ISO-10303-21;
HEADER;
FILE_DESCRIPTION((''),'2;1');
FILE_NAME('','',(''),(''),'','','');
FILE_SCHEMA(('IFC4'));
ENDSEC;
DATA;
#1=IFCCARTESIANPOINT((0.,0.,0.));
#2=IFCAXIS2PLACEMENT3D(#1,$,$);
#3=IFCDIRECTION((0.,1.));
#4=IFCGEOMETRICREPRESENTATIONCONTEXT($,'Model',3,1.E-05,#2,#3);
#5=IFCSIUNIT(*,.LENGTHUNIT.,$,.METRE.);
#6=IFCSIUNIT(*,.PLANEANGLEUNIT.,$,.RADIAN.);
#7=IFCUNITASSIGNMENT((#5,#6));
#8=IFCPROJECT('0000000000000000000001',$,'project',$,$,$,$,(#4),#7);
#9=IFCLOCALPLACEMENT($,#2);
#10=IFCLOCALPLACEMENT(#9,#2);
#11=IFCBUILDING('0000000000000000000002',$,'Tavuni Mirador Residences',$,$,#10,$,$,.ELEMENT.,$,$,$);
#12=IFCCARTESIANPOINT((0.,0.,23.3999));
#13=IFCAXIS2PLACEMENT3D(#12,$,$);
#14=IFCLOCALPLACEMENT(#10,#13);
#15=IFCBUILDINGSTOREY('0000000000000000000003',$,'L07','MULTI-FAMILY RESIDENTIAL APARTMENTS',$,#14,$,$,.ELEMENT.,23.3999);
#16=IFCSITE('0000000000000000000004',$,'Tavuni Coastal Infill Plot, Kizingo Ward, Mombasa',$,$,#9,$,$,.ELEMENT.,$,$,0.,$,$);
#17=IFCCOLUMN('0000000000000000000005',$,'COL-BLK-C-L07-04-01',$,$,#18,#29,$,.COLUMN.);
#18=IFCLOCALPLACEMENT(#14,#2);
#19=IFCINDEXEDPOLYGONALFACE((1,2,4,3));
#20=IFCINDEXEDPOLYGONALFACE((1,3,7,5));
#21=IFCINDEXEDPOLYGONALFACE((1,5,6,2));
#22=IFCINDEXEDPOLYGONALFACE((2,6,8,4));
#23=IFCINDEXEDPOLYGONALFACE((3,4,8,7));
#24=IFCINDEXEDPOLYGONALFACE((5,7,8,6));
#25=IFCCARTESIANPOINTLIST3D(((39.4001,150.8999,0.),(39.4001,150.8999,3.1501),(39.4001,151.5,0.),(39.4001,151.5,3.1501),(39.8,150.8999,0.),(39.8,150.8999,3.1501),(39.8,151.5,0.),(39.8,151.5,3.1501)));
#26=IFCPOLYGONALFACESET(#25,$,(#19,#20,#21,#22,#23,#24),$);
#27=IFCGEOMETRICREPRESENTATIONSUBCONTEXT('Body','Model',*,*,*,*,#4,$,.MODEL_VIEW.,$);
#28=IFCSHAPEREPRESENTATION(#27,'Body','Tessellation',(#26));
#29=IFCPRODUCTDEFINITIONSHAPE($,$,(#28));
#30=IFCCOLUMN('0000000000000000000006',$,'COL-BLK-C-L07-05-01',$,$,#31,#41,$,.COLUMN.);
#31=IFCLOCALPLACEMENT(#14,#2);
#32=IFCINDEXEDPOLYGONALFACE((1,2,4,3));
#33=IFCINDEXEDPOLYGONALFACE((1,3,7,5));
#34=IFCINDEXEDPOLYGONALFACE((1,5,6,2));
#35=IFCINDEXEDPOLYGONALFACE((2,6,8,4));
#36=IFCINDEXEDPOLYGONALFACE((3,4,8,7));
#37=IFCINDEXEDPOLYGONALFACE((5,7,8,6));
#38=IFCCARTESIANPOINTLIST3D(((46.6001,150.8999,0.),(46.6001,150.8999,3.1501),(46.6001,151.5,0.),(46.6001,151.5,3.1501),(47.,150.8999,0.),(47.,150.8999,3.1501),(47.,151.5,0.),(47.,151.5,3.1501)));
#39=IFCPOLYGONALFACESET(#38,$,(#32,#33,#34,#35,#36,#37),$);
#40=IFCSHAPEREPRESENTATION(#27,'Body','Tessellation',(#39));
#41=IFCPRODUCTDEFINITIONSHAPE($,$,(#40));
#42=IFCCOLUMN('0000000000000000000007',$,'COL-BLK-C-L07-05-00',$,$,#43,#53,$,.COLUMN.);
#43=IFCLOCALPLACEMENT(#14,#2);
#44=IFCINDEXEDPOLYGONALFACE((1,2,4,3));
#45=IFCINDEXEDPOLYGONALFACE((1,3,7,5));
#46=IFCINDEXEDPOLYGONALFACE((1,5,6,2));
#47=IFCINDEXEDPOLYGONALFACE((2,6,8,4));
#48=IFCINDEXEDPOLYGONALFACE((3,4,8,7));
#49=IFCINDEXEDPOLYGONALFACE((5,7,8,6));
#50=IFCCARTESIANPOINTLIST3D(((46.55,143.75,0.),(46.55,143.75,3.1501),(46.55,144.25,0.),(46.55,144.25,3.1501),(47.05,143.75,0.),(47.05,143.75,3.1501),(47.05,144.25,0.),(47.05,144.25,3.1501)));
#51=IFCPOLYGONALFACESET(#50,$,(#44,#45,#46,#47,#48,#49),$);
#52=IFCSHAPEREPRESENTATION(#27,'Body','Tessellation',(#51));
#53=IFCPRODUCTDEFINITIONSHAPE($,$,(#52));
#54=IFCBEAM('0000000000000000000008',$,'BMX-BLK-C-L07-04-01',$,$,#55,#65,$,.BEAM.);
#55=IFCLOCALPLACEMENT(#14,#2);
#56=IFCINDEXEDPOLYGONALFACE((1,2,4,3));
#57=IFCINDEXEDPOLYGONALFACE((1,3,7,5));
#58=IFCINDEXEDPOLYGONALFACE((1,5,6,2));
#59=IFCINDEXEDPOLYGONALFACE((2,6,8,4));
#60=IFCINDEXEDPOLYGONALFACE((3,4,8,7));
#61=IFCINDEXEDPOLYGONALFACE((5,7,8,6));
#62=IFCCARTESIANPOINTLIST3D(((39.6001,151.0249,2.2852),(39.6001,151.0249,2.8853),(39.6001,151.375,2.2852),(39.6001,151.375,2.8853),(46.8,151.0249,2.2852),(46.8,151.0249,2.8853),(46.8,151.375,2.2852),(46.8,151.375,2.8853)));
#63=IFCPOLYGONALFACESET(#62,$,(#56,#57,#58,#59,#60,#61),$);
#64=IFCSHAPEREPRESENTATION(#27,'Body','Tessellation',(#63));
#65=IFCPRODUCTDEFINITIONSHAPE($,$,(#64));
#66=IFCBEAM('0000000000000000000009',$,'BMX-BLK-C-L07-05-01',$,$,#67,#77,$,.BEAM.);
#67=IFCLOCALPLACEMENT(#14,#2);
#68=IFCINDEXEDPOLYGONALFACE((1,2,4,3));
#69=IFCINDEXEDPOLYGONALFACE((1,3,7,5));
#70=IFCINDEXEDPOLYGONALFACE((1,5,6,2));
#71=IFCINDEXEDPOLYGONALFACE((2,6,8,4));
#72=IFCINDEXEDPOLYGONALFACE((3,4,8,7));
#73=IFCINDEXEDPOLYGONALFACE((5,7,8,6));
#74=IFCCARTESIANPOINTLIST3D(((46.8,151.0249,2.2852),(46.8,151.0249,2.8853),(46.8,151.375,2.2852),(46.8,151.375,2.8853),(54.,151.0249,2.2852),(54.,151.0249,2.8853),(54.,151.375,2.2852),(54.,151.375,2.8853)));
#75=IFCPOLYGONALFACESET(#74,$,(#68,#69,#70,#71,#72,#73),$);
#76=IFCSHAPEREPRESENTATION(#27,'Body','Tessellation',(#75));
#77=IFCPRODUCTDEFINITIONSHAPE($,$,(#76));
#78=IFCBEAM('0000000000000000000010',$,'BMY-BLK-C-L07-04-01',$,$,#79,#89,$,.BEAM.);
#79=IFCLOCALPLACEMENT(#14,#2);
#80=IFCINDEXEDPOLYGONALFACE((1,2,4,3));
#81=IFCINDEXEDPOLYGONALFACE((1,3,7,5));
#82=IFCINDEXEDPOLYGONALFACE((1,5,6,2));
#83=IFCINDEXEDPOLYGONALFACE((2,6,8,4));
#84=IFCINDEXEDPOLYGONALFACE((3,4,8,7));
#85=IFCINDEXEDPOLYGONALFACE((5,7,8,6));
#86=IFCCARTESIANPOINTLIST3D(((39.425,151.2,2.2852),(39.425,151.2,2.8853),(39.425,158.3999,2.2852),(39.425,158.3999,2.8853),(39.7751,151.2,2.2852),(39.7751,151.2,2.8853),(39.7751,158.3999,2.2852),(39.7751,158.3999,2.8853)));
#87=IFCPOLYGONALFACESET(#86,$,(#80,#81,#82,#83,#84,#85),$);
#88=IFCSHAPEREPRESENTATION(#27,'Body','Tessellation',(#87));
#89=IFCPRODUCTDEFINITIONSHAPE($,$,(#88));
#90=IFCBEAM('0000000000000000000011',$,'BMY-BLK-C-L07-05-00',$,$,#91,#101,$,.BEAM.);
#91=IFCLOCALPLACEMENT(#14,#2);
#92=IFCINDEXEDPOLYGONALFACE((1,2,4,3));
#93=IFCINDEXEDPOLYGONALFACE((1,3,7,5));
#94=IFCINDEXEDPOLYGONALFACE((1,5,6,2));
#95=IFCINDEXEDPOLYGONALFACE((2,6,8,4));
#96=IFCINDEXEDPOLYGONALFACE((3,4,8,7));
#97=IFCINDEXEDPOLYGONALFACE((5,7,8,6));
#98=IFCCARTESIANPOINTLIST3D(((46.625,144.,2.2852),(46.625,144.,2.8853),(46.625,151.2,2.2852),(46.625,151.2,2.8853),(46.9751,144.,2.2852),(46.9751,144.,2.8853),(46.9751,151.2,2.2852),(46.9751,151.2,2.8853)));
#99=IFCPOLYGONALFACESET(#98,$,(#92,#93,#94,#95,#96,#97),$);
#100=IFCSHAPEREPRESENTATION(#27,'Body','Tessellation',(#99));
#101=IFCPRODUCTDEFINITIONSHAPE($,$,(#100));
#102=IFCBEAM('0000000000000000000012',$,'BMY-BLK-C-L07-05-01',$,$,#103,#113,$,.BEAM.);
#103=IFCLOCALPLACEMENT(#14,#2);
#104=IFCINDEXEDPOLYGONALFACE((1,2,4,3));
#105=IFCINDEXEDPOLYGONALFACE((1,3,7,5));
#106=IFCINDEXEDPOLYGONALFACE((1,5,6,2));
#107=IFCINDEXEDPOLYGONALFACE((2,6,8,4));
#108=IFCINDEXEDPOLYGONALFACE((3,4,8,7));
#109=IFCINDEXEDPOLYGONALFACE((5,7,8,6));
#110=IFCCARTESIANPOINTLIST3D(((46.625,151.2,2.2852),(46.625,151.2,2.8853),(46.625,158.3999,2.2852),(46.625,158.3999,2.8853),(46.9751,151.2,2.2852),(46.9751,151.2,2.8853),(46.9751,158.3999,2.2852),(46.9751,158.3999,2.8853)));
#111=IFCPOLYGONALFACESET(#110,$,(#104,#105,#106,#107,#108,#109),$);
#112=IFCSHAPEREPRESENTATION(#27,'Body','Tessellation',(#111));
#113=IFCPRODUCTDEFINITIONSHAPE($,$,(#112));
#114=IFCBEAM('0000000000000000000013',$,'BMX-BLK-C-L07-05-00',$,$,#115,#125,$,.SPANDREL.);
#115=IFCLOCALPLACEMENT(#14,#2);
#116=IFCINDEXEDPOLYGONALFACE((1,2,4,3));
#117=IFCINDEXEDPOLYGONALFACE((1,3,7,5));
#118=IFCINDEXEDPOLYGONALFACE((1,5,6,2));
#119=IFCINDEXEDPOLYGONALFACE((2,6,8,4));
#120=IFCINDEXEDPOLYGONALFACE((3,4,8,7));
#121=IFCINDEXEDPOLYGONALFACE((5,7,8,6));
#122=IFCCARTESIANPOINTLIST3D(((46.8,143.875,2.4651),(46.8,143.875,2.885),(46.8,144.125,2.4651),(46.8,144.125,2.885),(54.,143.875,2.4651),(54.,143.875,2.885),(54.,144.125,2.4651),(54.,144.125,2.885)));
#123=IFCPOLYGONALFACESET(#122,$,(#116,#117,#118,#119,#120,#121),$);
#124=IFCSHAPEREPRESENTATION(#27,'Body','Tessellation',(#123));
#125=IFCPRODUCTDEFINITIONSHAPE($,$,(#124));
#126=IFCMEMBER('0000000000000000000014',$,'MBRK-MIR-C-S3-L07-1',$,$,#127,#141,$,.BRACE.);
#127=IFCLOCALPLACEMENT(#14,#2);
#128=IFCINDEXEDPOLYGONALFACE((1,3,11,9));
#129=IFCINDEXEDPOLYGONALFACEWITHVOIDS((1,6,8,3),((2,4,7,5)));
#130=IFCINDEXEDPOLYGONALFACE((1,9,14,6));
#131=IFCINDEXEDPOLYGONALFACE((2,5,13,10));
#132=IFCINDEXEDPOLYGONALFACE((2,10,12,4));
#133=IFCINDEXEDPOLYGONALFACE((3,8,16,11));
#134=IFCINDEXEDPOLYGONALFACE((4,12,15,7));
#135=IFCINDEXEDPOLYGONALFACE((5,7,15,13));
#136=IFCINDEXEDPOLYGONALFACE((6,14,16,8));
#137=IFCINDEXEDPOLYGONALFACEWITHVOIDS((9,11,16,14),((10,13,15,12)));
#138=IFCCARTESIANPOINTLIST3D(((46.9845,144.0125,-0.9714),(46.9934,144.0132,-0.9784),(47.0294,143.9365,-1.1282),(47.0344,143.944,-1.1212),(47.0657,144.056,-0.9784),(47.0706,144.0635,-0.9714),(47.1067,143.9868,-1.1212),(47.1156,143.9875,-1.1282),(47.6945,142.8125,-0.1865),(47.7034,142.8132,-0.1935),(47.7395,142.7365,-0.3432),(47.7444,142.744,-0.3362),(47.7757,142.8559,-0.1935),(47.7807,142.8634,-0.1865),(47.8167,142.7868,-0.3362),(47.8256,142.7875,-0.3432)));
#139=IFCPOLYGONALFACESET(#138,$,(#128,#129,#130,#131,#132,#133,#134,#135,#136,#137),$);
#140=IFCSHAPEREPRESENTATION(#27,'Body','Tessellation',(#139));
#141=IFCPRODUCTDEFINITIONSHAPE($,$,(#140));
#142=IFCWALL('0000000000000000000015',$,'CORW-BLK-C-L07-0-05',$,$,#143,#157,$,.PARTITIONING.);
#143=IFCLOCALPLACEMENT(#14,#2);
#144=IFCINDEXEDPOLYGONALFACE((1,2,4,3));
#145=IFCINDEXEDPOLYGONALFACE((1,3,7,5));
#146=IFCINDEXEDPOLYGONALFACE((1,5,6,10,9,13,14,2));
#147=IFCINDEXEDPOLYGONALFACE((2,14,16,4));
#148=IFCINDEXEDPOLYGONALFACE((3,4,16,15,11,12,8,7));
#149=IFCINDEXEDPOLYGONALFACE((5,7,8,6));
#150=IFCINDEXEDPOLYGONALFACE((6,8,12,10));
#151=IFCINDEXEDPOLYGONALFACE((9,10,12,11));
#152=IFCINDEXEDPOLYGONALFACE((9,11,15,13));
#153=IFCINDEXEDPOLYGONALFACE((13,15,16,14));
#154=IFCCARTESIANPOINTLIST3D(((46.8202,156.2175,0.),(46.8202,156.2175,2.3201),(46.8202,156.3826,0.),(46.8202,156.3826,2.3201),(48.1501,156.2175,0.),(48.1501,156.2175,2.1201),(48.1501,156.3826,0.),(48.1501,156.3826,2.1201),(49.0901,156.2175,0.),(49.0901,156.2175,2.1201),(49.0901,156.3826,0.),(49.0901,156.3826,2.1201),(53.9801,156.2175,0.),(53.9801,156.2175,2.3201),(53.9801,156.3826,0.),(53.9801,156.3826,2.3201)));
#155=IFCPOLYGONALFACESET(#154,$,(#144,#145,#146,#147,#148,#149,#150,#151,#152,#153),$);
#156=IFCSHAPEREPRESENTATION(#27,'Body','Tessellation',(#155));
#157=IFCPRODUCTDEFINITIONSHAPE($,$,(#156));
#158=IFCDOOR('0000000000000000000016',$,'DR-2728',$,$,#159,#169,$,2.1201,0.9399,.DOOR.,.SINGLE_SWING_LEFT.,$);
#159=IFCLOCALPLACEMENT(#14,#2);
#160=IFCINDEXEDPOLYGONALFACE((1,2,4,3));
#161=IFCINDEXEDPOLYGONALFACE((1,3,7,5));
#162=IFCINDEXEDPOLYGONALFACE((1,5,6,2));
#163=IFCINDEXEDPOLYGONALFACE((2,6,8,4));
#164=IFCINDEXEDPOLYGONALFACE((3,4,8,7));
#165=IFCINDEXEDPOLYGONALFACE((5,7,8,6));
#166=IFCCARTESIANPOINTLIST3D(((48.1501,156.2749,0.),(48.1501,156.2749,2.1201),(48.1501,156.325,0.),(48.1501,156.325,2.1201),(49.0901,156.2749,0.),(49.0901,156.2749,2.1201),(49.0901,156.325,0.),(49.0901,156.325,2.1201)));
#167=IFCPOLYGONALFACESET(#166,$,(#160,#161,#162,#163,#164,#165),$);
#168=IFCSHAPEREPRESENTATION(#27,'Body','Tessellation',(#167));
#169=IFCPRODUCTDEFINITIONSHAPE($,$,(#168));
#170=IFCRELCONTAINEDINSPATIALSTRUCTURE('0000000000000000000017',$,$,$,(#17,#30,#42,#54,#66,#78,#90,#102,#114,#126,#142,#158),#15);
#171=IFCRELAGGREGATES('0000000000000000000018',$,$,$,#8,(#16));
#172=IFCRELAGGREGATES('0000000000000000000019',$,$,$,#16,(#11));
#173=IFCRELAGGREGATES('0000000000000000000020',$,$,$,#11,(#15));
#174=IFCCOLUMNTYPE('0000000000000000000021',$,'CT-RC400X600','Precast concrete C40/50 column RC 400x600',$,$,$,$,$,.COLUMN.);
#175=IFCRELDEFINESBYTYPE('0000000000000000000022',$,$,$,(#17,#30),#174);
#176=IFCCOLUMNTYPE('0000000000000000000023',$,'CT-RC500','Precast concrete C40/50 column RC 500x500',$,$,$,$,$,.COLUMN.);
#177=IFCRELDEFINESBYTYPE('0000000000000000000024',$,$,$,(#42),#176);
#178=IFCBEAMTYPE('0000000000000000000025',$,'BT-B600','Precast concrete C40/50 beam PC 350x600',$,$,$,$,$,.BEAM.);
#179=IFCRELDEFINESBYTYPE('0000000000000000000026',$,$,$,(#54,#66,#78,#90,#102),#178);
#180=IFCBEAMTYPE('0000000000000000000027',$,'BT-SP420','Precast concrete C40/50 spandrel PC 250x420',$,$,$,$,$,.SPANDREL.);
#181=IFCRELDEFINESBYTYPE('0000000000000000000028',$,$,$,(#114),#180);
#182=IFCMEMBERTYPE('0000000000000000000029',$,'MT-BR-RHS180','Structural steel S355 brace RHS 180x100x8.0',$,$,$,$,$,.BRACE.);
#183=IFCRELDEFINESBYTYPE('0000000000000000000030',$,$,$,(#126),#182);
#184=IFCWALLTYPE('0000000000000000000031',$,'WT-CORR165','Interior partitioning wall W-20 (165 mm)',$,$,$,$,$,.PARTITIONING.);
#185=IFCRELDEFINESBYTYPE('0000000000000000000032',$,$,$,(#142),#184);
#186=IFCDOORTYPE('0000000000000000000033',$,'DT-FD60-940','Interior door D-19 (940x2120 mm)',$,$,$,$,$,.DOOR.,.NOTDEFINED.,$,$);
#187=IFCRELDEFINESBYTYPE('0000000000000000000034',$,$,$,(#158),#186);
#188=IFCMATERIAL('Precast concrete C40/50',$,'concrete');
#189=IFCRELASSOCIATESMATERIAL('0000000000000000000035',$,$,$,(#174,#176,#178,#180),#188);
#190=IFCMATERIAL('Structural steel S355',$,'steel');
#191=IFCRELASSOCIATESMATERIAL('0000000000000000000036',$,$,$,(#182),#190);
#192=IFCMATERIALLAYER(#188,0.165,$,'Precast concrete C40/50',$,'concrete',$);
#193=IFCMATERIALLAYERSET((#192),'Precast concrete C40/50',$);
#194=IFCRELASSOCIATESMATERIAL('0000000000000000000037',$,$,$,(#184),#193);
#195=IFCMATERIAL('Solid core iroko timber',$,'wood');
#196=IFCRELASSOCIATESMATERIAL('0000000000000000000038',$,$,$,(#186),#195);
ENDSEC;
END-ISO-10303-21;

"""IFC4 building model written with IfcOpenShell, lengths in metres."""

from ifc_helpers import new_model, si_unit, direction, frame, frame_2d, origin, origin_2d, place, context, subcontext, project, spatial, rectangle, hollow_rectangle, extrude, material, layer, layer_set, material_profile, profile_set, type_object, element, fill, save


model = new_model("IFC4")

# Units and contexts
model_context = context("Model", 3, precision=1e-05, world=origin(), true_north=direction((0.0, 1.0)))
body_context = subcontext(model_context, "Body", "Model", "MODEL_VIEW")
ifc_project = project(units=[si_unit("LENGTHUNIT", "METRE"), si_unit("PLANEANGLEUNIT", "RADIAN")], contexts=[model_context])

# Site, building, storey
site_placement = place(None, origin())
site = spatial("IfcSite", under=ifc_project, at=site_placement, Name="Tavuni Coastal Infill Plot, Kizingo Ward, Mombasa", CompositionType="ELEMENT", RefElevation=0.0)
building_placement = place(site_placement, origin())
building = spatial("IfcBuilding", under=site, at=building_placement, Name="Tavuni Mirador Residences", CompositionType="ELEMENT")
storey_placement = place(building_placement, frame((0.0, 0.0, 23.3999)))
storey = spatial("IfcBuildingStorey", under=building, at=storey_placement, Name="L07", Description="MULTI-FAMILY RESIDENTIAL APARTMENTS", CompositionType="ELEMENT", Elevation=23.3999)

# Columns
ifc_material_1 = material(Name="Precast concrete C40/50", Category="concrete")
ifc_material_profile_1 = material_profile(ifc_material_1, rectangle(XDim=0.3999, YDim=0.6001, at=origin_2d()), Name="RC 400x600", Category="concrete")
ifc_profile_set_1 = profile_set([ifc_material_profile_1], Name="Precast concrete C40/50")
column_type_1 = type_object("IfcColumnType", Name="CT-RC400X600", Description="Precast concrete C40/50 column RC 400x600", PredefinedType="COLUMN", material=ifc_profile_set_1)
for number, where, z_axis, x_axis, name in (
    (1, (39.6001, 151.2, 0.0), (0.0, 0.0, 1.0), (1.0, 0.0, 0.0), "COL-BLK-C-L07-04-01"),
    (2, (46.8, 151.2, 0.0), (0.0, 0.0, 1.0), (1.0, 0.0, 0.0), "COL-BLK-C-L07-05-01"),
):
    element("IfcColumn", number, at=place(storey_placement, frame(where, z_axis=z_axis, x_axis=x_axis)), inside=storey, type_object=column_type_1, Name=name, PredefinedType="COLUMN", context=body_context, shape_type="SweptSolid", body=[
        extrude(rectangle(XDim=0.3999, YDim=0.6001, at=origin_2d()), origin(), (0.0, 0.0, 1.0), 3.1501),
    ])
ifc_material_profile_2 = material_profile(ifc_material_1, rectangle(XDim=0.5, YDim=0.5, at=origin_2d()), Name="RC 500x500", Category="concrete")
ifc_profile_set_2 = profile_set([ifc_material_profile_2], Name="Precast concrete C40/50")
column_type_2 = type_object("IfcColumnType", Name="CT-RC500", Description="Precast concrete C40/50 column RC 500x500", PredefinedType="COLUMN", material=ifc_profile_set_2)
column_placement = place(storey_placement, frame((46.8, 144.0, 0.0), z_axis=(0.0, 0.0, 1.0), x_axis=(1.0, 0.0, 0.0)))
element("IfcColumn", 3, at=column_placement, inside=storey, type_object=column_type_2, Name="COL-BLK-C-L07-05-00", PredefinedType="COLUMN", context=body_context, shape_type="SweptSolid", body=[
    extrude(rectangle(XDim=0.5, YDim=0.5, at=origin_2d()), origin(), (0.0, 0.0, 1.0), 3.1501),
])

# Beams
ifc_material_profile_3 = material_profile(ifc_material_1, rectangle(XDim=0.3501, YDim=0.6001, at=origin_2d()), Name="PC 350x600", Category="concrete")
ifc_profile_set_3 = profile_set([ifc_material_profile_3], Name="Precast concrete C40/50")
beam_type_1 = type_object("IfcBeamType", Name="BT-B600", Description="Precast concrete C40/50 beam PC 350x600", PredefinedType="BEAM", material=ifc_profile_set_3)
for number, where, z_axis, x_axis, name in (
    (4, (39.6001, 151.2, 2.5852), (1.0, 0.0, 0.0), (0.0, 1.0, 0.0), "BMX-BLK-C-L07-04-01"),
    (5, (46.8, 151.2, 2.5852), (1.0, 0.0, 0.0), (0.0, 1.0, 0.0), "BMX-BLK-C-L07-05-01"),
    (6, (39.6001, 151.2, 2.5852), (0.0, 1.0, 0.0), (-1.0, 0.0, 0.0), "BMY-BLK-C-L07-04-01"),
    (7, (46.8, 144.0, 2.5852), (0.0, 1.0, 0.0), (-1.0, 0.0, 0.0), "BMY-BLK-C-L07-05-00"),
    (8, (46.8, 151.2, 2.5852), (0.0, 1.0, 0.0), (-1.0, 0.0, 0.0), "BMY-BLK-C-L07-05-01"),
):
    element("IfcBeam", number, at=place(storey_placement, frame(where, z_axis=z_axis, x_axis=x_axis)), inside=storey, type_object=beam_type_1, Name=name, PredefinedType="BEAM", context=body_context, shape_type="SweptSolid", body=[
        extrude(rectangle(XDim=0.3501, YDim=0.6001, at=origin_2d()), origin(), (0.0, 0.0, 1.0), 7.2),
    ])
ifc_material_profile_4 = material_profile(ifc_material_1, rectangle(XDim=0.25, YDim=0.4199, at=origin_2d()), Name="PC 250x420", Category="concrete")
ifc_profile_set_4 = profile_set([ifc_material_profile_4], Name="Precast concrete C40/50")
beam_type_2 = type_object("IfcBeamType", Name="BT-SP420", Description="Precast concrete C40/50 spandrel PC 250x420", PredefinedType="SPANDREL", material=ifc_profile_set_4)
beam_placement = place(storey_placement, frame((46.8, 144.0, 2.675), z_axis=(1.0, 0.0, 0.0), x_axis=(0.0, 1.0, 0.0)))
element("IfcBeam", 9, at=beam_placement, inside=storey, type_object=beam_type_2, Name="BMX-BLK-C-L07-05-00", PredefinedType="SPANDREL", context=body_context, shape_type="SweptSolid", body=[
    extrude(rectangle(XDim=0.25, YDim=0.4199, at=origin_2d()), origin(), (0.0, 0.0, 1.0), 7.2),
])

# Member
ifc_material_2 = material(Name="Structural steel S355", Category="steel")
ifc_material_profile_5 = material_profile(ifc_material_2, hollow_rectangle(XDim=0.1001, YDim=0.1799, WallThickness=0.0081, at=origin_2d()), Name="RHS 180x100x8.0", Category="steel")
ifc_profile_set_5 = profile_set([ifc_material_profile_5], Name="Structural steel S355")
member_type = type_object("IfcMemberType", Name="MT-BR-RHS180", Description="Structural steel S355 brace RHS 180x100x8.0", PredefinedType="BRACE", material=ifc_profile_set_5)
member_placement = place(storey_placement, frame((47.05, 144.0, -1.0498), z_axis=(0.443724, -0.749967, 0.490569), x_axis=(0.860644, 0.509207, 0.0)))
element("IfcMember", 10, at=member_placement, inside=storey, type_object=member_type, Name="MBRK-MIR-C-S3-L07-1", PredefinedType="BRACE", context=body_context, shape_type="SweptSolid", body=[
    extrude(hollow_rectangle(XDim=0.1001, YDim=0.1799, WallThickness=0.0081, at=origin_2d()), origin(), (0.0, 0.0, 1.0), 1.6001),
])

# Wall, opening, door
ifc_layer_1 = layer(ifc_material_1, 0.165, Name="Precast concrete C40/50", Category="concrete")
ifc_layer_set_1 = layer_set([ifc_layer_1], Name="Precast concrete C40/50")
wall_type_1 = type_object("IfcWallType", Name="WT-CORR165", Description="Interior partitioning wall W-20 (165 mm)", PredefinedType="PARTITIONING", material=ifc_layer_set_1)
ifc_material_3 = material(Name="Solid core iroko timber", Category="wood")
wall_1_placement = place(storey_placement, frame((46.8201, 156.3, 0.0), z_axis=(0.0, 0.0, 1.0), x_axis=(1.0, 0.0, 0.0)))
wall_1 = element("IfcWall", 11, at=wall_1_placement, inside=storey, type_object=wall_type_1, Name="CORW-BLK-C-L07-0-05", PredefinedType="PARTITIONING", context=body_context, shape_type="SweptSolid", body=[
    extrude(rectangle(XDim=7.1599, YDim=0.165, at=frame_2d((3.5801, 0.0))), origin(), (0.0, 0.0, 1.0), 2.3201),
])
opening_1_placement = place(wall_1_placement, frame((1.3301, 0.0, 0.0)))
opening_1 = element("IfcOpeningElement", 12, at=opening_1_placement, cuts=wall_1, PredefinedType="OPENING", context=body_context, shape_type="SweptSolid", body=[
    extrude(rectangle(XDim=0.9399, YDim=2.1201, at=frame_2d((0.47, 1.0601))), frame((0.0, 0.0925, 0.0), z_axis=(0.0, -1.0, 0.0), x_axis=(1.0, 0.0, 0.0)), (0.0, 0.0, 1.0), 0.1851),
])
door_type_1 = type_object("IfcDoorType", Name="DT-FD60-940", Description="Interior door D-19 (940x2120 mm)", OperationType="NOTDEFINED", PredefinedType="DOOR", material=ifc_material_3)
door_1_placement = place(opening_1_placement, origin())
door_1 = element("IfcDoor", 13, at=door_1_placement, inside=storey, type_object=door_type_1, Name="DR-2728", OperationType="SINGLE_SWING_LEFT", OverallHeight=2.1201, OverallWidth=0.9399, PredefinedType="DOOR", context=body_context, shape_type="SweptSolid", body=[
    extrude(rectangle(XDim=0.9399, YDim=2.1201, at=frame_2d((0.47, 1.0601))), frame((0.0, 0.0249, 0.0), z_axis=(0.0, -1.0, 0.0), x_axis=(1.0, 0.0, 0.0)), (0.0, 0.0, 1.0), 0.05),
])
fill(opening_1, door_1)

save(model, "model.ifc")
